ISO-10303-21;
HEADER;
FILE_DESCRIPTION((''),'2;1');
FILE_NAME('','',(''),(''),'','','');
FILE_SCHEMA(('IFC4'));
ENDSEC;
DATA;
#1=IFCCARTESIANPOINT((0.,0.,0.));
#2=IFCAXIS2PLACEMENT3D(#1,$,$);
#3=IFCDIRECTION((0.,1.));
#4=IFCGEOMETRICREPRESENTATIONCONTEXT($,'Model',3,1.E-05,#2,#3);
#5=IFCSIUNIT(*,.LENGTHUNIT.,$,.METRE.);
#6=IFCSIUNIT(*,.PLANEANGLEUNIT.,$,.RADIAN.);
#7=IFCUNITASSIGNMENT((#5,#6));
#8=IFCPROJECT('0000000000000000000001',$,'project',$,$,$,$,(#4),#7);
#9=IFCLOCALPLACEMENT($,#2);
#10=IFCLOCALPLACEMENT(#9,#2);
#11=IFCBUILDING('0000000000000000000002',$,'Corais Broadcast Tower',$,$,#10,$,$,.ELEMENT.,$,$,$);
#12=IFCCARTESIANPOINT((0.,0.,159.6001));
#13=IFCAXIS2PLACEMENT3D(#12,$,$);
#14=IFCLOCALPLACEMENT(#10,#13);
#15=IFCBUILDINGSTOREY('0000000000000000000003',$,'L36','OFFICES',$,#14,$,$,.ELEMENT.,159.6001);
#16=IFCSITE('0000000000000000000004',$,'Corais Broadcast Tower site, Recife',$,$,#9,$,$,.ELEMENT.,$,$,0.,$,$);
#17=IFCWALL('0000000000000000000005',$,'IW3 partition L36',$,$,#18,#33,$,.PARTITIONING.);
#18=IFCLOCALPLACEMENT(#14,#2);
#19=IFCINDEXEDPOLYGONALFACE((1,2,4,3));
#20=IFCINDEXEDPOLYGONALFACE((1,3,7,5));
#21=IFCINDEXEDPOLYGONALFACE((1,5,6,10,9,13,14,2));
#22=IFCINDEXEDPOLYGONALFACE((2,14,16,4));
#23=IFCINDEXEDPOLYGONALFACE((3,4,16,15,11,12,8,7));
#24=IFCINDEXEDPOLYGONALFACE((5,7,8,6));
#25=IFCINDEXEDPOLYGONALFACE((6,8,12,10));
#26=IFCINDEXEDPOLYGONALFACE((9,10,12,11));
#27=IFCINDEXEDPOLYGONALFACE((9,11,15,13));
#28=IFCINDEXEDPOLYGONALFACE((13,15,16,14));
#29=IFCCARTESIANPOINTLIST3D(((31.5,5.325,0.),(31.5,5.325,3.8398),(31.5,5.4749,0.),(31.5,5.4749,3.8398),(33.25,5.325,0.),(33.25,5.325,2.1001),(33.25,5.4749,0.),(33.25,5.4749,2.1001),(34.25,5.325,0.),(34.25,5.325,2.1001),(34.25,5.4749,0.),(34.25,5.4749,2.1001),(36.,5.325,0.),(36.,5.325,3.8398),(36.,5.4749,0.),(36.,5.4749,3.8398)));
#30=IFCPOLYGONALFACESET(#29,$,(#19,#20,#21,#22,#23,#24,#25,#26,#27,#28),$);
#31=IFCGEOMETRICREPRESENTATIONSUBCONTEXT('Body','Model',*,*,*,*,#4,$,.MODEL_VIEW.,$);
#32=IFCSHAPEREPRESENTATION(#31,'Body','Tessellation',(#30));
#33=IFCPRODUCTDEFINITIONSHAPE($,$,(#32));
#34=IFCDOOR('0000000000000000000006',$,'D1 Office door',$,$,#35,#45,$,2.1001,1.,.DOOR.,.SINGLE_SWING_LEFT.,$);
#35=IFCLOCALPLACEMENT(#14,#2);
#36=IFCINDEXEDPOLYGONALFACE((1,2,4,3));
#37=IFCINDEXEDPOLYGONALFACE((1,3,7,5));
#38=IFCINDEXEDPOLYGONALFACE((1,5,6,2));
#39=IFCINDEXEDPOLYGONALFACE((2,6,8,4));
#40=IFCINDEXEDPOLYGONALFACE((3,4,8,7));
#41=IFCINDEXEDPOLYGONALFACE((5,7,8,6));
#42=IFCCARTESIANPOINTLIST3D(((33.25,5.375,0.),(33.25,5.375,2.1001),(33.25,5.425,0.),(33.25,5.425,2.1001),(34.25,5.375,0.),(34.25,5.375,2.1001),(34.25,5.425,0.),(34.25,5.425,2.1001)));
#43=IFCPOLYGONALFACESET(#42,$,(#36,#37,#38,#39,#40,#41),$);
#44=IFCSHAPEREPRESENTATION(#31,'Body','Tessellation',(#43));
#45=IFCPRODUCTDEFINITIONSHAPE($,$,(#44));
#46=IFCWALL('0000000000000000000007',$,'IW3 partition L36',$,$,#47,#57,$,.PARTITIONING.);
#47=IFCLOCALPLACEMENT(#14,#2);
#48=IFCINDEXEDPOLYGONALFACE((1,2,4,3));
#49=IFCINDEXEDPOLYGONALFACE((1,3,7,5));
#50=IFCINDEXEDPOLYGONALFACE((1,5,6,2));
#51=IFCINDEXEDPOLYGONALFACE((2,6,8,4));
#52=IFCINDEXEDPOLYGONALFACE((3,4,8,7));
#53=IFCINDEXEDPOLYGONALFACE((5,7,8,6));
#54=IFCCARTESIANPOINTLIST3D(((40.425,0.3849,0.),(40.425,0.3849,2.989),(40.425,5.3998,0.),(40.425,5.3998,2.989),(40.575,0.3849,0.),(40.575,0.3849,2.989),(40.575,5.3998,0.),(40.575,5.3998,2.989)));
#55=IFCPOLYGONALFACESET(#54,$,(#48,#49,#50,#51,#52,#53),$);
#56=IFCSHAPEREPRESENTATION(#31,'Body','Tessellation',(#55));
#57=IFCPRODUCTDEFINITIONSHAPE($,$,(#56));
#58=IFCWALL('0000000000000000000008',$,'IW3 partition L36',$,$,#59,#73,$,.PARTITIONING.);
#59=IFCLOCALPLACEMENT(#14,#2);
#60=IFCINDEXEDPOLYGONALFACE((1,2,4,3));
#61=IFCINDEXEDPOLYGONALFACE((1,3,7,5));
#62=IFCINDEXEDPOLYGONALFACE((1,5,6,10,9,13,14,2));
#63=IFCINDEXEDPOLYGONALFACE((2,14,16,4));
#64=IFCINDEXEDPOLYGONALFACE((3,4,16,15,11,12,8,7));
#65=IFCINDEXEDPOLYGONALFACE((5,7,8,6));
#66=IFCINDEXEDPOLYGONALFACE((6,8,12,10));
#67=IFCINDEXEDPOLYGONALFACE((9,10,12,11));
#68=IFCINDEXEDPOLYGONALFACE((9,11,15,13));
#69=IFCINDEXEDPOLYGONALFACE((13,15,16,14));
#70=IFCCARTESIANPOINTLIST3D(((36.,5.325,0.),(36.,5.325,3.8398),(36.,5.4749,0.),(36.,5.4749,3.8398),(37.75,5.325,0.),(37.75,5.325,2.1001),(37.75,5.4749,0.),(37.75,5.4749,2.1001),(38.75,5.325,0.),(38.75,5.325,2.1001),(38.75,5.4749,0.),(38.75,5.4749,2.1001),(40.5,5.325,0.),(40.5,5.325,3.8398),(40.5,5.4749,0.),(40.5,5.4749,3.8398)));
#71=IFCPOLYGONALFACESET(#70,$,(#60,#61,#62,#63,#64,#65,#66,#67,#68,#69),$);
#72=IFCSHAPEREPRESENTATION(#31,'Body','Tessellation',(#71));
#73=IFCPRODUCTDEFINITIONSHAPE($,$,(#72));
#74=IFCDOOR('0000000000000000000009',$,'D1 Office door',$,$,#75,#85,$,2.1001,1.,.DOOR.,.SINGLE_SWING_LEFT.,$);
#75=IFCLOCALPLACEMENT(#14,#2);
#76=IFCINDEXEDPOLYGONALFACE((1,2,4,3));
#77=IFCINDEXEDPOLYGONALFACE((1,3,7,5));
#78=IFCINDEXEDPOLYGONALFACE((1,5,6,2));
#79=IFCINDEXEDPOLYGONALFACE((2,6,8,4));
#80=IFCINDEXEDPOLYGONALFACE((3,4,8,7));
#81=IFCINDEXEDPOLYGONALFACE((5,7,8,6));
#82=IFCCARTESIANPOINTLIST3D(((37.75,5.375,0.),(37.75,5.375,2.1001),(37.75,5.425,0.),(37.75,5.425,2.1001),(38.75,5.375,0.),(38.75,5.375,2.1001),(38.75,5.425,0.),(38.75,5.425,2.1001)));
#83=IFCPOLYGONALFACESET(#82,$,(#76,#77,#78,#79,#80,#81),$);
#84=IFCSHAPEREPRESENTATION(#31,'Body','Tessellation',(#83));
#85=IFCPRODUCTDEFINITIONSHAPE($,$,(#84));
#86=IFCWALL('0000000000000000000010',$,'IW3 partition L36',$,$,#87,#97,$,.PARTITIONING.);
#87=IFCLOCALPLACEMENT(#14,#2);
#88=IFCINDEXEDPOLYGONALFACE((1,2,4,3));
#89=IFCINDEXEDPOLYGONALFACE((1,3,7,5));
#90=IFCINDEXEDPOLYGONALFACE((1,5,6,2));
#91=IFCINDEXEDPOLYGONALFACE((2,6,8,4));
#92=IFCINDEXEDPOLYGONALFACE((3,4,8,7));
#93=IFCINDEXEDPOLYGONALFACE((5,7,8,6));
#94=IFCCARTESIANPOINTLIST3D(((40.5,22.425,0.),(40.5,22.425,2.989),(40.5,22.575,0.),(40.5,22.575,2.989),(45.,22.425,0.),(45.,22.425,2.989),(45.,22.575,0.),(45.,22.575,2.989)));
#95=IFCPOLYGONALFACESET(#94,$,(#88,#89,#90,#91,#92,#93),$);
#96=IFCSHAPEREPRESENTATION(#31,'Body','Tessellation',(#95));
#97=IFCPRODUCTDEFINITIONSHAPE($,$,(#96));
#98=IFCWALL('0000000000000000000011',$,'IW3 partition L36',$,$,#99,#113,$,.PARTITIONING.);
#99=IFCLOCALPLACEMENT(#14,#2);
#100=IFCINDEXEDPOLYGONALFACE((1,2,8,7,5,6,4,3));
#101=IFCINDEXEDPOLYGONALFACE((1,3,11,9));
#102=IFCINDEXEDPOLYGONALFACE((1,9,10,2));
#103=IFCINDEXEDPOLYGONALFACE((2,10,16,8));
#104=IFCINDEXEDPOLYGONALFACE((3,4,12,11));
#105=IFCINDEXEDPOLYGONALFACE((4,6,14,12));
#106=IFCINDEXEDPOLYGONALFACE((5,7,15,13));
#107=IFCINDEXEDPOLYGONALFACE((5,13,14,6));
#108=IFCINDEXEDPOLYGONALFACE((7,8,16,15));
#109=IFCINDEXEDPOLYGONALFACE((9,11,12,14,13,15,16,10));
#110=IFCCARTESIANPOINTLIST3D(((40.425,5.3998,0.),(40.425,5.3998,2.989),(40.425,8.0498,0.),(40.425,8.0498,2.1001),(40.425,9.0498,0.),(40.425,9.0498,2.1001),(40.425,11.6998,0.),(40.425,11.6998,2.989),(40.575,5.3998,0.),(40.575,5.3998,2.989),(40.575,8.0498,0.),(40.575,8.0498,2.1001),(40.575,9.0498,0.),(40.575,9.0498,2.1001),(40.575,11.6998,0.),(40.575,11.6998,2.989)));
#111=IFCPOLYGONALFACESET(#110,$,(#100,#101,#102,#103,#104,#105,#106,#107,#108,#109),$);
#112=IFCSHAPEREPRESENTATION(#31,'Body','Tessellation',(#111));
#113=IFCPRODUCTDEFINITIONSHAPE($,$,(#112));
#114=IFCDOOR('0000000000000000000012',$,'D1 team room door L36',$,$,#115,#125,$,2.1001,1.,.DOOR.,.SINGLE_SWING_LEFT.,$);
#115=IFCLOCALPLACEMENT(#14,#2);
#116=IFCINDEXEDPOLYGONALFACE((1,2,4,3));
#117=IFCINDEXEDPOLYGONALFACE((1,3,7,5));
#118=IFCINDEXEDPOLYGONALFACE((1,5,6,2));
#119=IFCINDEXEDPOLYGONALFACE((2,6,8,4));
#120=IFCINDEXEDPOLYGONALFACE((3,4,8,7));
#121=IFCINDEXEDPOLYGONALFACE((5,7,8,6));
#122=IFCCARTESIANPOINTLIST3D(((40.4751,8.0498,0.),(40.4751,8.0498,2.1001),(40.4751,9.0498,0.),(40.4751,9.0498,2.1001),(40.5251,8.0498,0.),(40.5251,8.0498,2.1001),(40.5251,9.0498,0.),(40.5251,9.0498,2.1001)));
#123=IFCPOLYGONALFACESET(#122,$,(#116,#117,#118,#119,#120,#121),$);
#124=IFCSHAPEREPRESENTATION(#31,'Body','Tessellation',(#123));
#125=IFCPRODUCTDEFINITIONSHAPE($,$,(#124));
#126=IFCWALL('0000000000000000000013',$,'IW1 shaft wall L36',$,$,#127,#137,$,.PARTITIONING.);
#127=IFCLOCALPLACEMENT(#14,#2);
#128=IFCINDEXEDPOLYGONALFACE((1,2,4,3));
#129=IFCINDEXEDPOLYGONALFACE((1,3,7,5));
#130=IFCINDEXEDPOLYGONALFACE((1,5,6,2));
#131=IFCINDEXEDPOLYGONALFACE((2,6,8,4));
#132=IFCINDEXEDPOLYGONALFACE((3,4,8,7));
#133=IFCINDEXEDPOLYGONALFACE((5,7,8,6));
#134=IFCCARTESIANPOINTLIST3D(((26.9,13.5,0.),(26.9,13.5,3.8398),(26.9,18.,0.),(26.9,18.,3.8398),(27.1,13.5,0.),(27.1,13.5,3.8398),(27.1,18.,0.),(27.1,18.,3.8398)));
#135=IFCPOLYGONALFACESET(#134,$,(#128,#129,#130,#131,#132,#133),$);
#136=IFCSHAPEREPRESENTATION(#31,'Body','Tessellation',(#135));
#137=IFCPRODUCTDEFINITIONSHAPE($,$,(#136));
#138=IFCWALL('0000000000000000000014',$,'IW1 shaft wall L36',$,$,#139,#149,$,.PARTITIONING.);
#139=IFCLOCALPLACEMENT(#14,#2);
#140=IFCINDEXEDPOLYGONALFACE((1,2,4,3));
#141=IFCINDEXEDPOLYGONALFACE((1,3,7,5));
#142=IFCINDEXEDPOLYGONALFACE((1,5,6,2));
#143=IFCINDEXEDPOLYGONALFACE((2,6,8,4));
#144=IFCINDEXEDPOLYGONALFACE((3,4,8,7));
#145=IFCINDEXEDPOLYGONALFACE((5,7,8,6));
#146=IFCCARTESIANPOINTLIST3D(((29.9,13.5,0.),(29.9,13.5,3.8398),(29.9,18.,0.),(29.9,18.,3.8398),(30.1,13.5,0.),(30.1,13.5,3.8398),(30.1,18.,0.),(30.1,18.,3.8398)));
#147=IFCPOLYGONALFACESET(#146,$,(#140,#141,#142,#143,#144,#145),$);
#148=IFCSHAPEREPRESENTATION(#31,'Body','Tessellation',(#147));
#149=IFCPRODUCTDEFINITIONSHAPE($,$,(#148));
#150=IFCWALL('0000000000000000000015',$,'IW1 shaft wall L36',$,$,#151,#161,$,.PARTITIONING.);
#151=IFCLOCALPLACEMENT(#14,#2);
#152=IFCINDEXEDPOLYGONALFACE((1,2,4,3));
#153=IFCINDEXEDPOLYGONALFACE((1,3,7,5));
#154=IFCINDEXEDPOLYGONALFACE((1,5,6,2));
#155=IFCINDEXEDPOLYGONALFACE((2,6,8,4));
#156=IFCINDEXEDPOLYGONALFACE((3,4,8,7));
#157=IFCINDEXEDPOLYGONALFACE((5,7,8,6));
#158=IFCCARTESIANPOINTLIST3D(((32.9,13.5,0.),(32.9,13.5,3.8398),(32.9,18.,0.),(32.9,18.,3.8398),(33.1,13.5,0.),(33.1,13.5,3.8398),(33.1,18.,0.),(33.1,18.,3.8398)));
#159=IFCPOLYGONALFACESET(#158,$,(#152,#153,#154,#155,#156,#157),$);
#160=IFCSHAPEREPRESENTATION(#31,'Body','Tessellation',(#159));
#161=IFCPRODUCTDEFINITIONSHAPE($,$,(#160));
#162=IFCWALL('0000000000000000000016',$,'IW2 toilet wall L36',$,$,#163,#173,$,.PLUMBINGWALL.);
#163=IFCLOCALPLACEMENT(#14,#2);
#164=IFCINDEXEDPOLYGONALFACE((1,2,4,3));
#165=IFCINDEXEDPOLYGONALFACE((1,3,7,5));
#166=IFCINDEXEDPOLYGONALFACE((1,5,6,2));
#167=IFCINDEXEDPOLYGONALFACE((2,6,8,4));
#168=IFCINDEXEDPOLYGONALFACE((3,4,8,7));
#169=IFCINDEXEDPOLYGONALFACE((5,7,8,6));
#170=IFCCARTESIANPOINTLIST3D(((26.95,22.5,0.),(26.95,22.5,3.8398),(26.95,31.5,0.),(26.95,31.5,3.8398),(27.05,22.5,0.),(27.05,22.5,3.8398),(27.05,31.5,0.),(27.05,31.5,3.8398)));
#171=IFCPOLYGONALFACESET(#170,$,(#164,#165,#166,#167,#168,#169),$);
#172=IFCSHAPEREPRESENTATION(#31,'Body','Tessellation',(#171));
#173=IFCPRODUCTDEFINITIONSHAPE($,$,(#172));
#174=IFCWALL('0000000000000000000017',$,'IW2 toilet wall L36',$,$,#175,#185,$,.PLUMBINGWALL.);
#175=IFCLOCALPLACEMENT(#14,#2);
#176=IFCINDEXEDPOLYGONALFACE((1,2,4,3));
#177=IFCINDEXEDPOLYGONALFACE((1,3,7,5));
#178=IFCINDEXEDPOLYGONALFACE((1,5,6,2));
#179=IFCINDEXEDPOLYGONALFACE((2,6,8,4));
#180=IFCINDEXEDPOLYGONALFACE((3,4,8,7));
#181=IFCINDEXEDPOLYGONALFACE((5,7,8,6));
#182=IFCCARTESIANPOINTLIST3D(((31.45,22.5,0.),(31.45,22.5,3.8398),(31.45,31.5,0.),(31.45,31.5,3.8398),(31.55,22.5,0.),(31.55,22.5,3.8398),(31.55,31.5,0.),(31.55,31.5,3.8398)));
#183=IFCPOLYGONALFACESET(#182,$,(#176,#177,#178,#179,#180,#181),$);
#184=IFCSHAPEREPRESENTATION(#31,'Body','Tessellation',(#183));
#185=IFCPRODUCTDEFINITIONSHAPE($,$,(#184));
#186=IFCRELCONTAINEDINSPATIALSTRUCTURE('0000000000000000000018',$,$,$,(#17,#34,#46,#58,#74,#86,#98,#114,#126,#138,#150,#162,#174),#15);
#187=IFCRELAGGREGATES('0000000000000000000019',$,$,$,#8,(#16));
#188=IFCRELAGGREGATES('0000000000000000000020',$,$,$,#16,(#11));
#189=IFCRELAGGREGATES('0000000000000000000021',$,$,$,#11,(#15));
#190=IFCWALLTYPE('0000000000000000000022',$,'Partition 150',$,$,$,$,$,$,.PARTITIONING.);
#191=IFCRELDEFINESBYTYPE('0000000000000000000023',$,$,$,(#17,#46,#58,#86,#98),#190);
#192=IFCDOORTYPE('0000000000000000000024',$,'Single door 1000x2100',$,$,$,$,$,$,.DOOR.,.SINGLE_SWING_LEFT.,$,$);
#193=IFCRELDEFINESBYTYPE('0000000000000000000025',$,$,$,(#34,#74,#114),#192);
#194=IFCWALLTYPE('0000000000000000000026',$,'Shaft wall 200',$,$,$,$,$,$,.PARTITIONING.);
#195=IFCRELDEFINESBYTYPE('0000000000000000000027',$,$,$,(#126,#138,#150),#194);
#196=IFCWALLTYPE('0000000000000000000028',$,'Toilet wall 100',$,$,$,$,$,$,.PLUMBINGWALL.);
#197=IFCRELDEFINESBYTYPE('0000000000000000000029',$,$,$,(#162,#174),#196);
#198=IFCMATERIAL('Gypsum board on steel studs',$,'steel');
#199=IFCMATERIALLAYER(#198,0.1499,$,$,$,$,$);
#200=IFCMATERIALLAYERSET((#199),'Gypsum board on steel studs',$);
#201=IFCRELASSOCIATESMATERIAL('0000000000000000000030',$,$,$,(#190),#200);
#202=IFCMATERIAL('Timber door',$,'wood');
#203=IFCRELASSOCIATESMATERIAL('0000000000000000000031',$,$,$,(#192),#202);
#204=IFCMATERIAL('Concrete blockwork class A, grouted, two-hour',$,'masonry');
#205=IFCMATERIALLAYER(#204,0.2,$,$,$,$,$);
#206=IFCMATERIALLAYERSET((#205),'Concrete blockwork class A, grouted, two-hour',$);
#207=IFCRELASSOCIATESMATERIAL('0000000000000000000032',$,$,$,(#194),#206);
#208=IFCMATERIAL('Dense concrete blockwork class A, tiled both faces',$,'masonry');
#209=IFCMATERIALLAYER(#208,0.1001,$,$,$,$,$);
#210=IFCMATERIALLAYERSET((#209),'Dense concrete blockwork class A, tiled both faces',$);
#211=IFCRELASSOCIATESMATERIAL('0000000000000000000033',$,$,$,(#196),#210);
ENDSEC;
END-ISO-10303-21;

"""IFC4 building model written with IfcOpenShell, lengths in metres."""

from ifc_helpers import new_model, si_unit, direction, frame, frame_2d, origin, place, context, subcontext, project, spatial, rectangle, extrude, material, layer, layer_set, type_object, element, fill, save


model = new_model("IFC4")

# Units and contexts
model_context = context("Model", 3, precision=1e-05, world=origin(), true_north=direction((0.0, 1.0)))
body_context = subcontext(model_context, "Body", "Model", "MODEL_VIEW")
ifc_project = project(units=[si_unit("LENGTHUNIT", "METRE"), si_unit("PLANEANGLEUNIT", "RADIAN")], contexts=[model_context])

# Site, building, storey
site_placement = place(None, origin())
site = spatial("IfcSite", under=ifc_project, at=site_placement, Name="Corais Broadcast Tower site, Recife", CompositionType="ELEMENT", RefElevation=0.0)
building_placement = place(site_placement, origin())
building = spatial("IfcBuilding", under=site, at=building_placement, Name="Corais Broadcast Tower", CompositionType="ELEMENT")
storey_placement = place(building_placement, frame((0.0, 0.0, 159.6001)))
storey = spatial("IfcBuildingStorey", under=building, at=storey_placement, Name="L36", Description="OFFICES", CompositionType="ELEMENT", Elevation=159.6001)

# Shared definitions
ifc_material_1 = material(Name="Gypsum board on steel studs", Category="steel")
ifc_layer_1 = layer(ifc_material_1, 0.1499)
ifc_layer_set_1 = layer_set([ifc_layer_1], Name="Gypsum board on steel studs")
wall_type_1 = type_object("IfcWallType", Name="Partition 150", PredefinedType="PARTITIONING", material=ifc_layer_set_1)

# Shared definitions
ifc_material_2 = material(Name="Timber door", Category="wood")
door_type_1 = type_object("IfcDoorType", Name="Single door 1000x2100", OperationType="SINGLE_SWING_LEFT", PredefinedType="DOOR", material=ifc_material_2)

# Wall, opening, door
wall_1_placement = place(storey_placement, frame((36.0, 5.3999, 0.0), z_axis=(0.0, 0.0, 1.0), x_axis=(-1.0, 0.0, 0.0)))
wall_1 = element("IfcWall", 1, at=wall_1_placement, inside=storey, type_object=wall_type_1, Name="IW3 partition L36", PredefinedType="PARTITIONING", context=body_context, shape_type="SweptSolid", body=[
    extrude(rectangle(XDim=4.5, YDim=0.1499, at=frame_2d((2.25, 0.0))), origin(), (0.0, 0.0, 1.0), 3.8398),
])
opening_1_placement = place(wall_1_placement, frame((1.75, 0.0, 0.0)))
opening_1 = element("IfcOpeningElement", 2, at=opening_1_placement, cuts=wall_1, PredefinedType="OPENING", context=body_context, shape_type="SweptSolid", body=[
    extrude(rectangle(XDim=1.0, YDim=2.1001, at=frame_2d((0.5, 1.05))), frame((0.0, 0.085, 0.0), z_axis=(0.0, -1.0, 0.0), x_axis=(1.0, 0.0, 0.0)), (0.0, 0.0, 1.0), 0.1699),
])
door_1_placement = place(opening_1_placement, origin())
door_1 = element("IfcDoor", 3, at=door_1_placement, inside=storey, type_object=door_type_1, Name="D1 Office door", OperationType="SINGLE_SWING_LEFT", OverallHeight=2.1001, OverallWidth=1.0, PredefinedType="DOOR", context=body_context, shape_type="SweptSolid", body=[
    extrude(rectangle(XDim=1.0, YDim=2.1001, at=frame_2d((0.5, 1.05))), frame((0.0, 0.0249, 0.0), z_axis=(0.0, -1.0, 0.0), x_axis=(1.0, 0.0, 0.0)), (0.0, 0.0, 1.0), 0.05),
])
fill(opening_1, door_1)

# Wall
wall_2_placement = place(storey_placement, frame((40.5, 0.385, 0.0), z_axis=(0.0, 0.0, 1.0), x_axis=(0.0, 1.0, 0.0)))
element("IfcWall", 4, at=wall_2_placement, inside=storey, type_object=wall_type_1, Name="IW3 partition L36", PredefinedType="PARTITIONING", context=body_context, shape_type="SweptSolid", body=[
    extrude(rectangle(XDim=5.0149, YDim=0.1499, at=frame_2d((2.5073, 0.0))), origin(), (0.0, 0.0, 1.0), 2.989),
])

# Wall, opening, door
wall_3_placement = place(storey_placement, frame((40.5, 5.3999, 0.0), z_axis=(0.0, 0.0, 1.0), x_axis=(-1.0, 0.0, 0.0)))
wall_3 = element("IfcWall", 5, at=wall_3_placement, inside=storey, type_object=wall_type_1, Name="IW3 partition L36", PredefinedType="PARTITIONING", context=body_context, shape_type="SweptSolid", body=[
    extrude(rectangle(XDim=4.5, YDim=0.1499, at=frame_2d((2.25, 0.0))), origin(), (0.0, 0.0, 1.0), 3.8398),
])
opening_2_placement = place(wall_3_placement, frame((1.75, 0.0, 0.0)))
opening_2 = element("IfcOpeningElement", 6, at=opening_2_placement, cuts=wall_3, PredefinedType="OPENING", context=body_context, shape_type="SweptSolid", body=[
    extrude(rectangle(XDim=1.0, YDim=2.1001, at=frame_2d((0.5, 1.05))), frame((0.0, 0.085, 0.0), z_axis=(0.0, -1.0, 0.0), x_axis=(1.0, 0.0, 0.0)), (0.0, 0.0, 1.0), 0.1699),
])
door_2_placement = place(opening_2_placement, origin())
door_2 = element("IfcDoor", 7, at=door_2_placement, inside=storey, type_object=door_type_1, Name="D1 Office door", OperationType="SINGLE_SWING_LEFT", OverallHeight=2.1001, OverallWidth=1.0, PredefinedType="DOOR", context=body_context, shape_type="SweptSolid", body=[
    extrude(rectangle(XDim=1.0, YDim=2.1001, at=frame_2d((0.5, 1.05))), frame((0.0, 0.0249, 0.0), z_axis=(0.0, -1.0, 0.0), x_axis=(1.0, 0.0, 0.0)), (0.0, 0.0, 1.0), 0.05),
])
fill(opening_2, door_2)

# Wall
wall_4_placement = place(storey_placement, frame((40.5, 22.5, 0.0), z_axis=(0.0, 0.0, 1.0), x_axis=(1.0, 0.0, 0.0)))
element("IfcWall", 8, at=wall_4_placement, inside=storey, type_object=wall_type_1, Name="IW3 partition L36", PredefinedType="PARTITIONING", context=body_context, shape_type="SweptSolid", body=[
    extrude(rectangle(XDim=4.5, YDim=0.1499, at=frame_2d((2.25, 0.0))), origin(), (0.0, 0.0, 1.0), 2.989),
])

# Wall, opening, door
wall_5_placement = place(storey_placement, frame((40.5, 5.3999, 0.0), z_axis=(0.0, 0.0, 1.0), x_axis=(0.0, 1.0, 0.0)))
wall_5 = element("IfcWall", 9, at=wall_5_placement, inside=storey, type_object=wall_type_1, Name="IW3 partition L36", PredefinedType="PARTITIONING", context=body_context, shape_type="SweptSolid", body=[
    extrude(rectangle(XDim=6.3, YDim=0.1499, at=frame_2d((3.1499, 0.0))), origin(), (0.0, 0.0, 1.0), 2.989),
])
opening_3_placement = place(wall_5_placement, frame((2.6499, 0.0, 0.0)))
opening_3 = element("IfcOpeningElement", 10, at=opening_3_placement, cuts=wall_5, PredefinedType="OPENING", context=body_context, shape_type="SweptSolid", body=[
    extrude(rectangle(XDim=1.0, YDim=2.1001, at=frame_2d((0.5, 1.05))), frame((0.0, 0.085, 0.0), z_axis=(0.0, -1.0, 0.0), x_axis=(1.0, 0.0, 0.0)), (0.0, 0.0, 1.0), 0.1699),
])
door_3_placement = place(opening_3_placement, origin())
door_3 = element("IfcDoor", 11, at=door_3_placement, inside=storey, type_object=door_type_1, Name="D1 team room door L36", OperationType="SINGLE_SWING_LEFT", OverallHeight=2.1001, OverallWidth=1.0, PredefinedType="DOOR", context=body_context, shape_type="SweptSolid", body=[
    extrude(rectangle(XDim=1.0, YDim=2.1001, at=frame_2d((0.5, 1.05))), frame((0.0, 0.0249, 0.0), z_axis=(0.0, -1.0, 0.0), x_axis=(1.0, 0.0, 0.0)), (0.0, 0.0, 1.0), 0.05),
])
fill(opening_3, door_3)

# Walls
ifc_material_3 = material(Name="Concrete blockwork class A, grouted, two-hour", Category="masonry")
ifc_layer_2 = layer(ifc_material_3, 0.2)
ifc_layer_set_2 = layer_set([ifc_layer_2], Name="Concrete blockwork class A, grouted, two-hour")
wall_type_2 = type_object("IfcWallType", Name="Shaft wall 200", PredefinedType="PARTITIONING", material=ifc_layer_set_2)
for number, where, z_axis, x_axis, name in (
    (12, (27.0, 13.5, 0.0), (0.0, 0.0, 1.0), (0.0, 1.0, 0.0), "IW1 shaft wall L36"),
    (13, (30.0, 13.5, 0.0), (0.0, 0.0, 1.0), (0.0, 1.0, 0.0), "IW1 shaft wall L36"),
    (14, (33.0, 13.5, 0.0), (0.0, 0.0, 1.0), (0.0, 1.0, 0.0), "IW1 shaft wall L36"),
):
    element("IfcWall", number, at=place(storey_placement, frame(where, z_axis=z_axis, x_axis=x_axis)), inside=storey, type_object=wall_type_2, Name=name, PredefinedType="PARTITIONING", context=body_context, shape_type="SweptSolid", body=[
        extrude(rectangle(XDim=4.5, YDim=0.2, at=frame_2d((2.25, 0.0))), origin(), (0.0, 0.0, 1.0), 3.8398),
    ])
ifc_material_4 = material(Name="Dense concrete blockwork class A, tiled both faces", Category="masonry")
ifc_layer_3 = layer(ifc_material_4, 0.1001)
ifc_layer_set_3 = layer_set([ifc_layer_3], Name="Dense concrete blockwork class A, tiled both faces")
wall_type_3 = type_object("IfcWallType", Name="Toilet wall 100", PredefinedType="PLUMBINGWALL", material=ifc_layer_set_3)
for number, where, z_axis, x_axis, name in (
    (15, (27.0, 22.5, 0.0), (0.0, 0.0, 1.0), (0.0, 1.0, 0.0), "IW2 toilet wall L36"),
    (16, (31.5, 22.5, 0.0), (0.0, 0.0, 1.0), (0.0, 1.0, 0.0), "IW2 toilet wall L36"),
):
    element("IfcWall", number, at=place(storey_placement, frame(where, z_axis=z_axis, x_axis=x_axis)), inside=storey, type_object=wall_type_3, Name=name, PredefinedType="PLUMBINGWALL", context=body_context, shape_type="SweptSolid", body=[
        extrude(rectangle(XDim=9.0, YDim=0.1001, at=frame_2d((4.5, 0.0))), origin(), (0.0, 0.0, 1.0), 3.8398),
    ])

save(model, "model.ifc")
